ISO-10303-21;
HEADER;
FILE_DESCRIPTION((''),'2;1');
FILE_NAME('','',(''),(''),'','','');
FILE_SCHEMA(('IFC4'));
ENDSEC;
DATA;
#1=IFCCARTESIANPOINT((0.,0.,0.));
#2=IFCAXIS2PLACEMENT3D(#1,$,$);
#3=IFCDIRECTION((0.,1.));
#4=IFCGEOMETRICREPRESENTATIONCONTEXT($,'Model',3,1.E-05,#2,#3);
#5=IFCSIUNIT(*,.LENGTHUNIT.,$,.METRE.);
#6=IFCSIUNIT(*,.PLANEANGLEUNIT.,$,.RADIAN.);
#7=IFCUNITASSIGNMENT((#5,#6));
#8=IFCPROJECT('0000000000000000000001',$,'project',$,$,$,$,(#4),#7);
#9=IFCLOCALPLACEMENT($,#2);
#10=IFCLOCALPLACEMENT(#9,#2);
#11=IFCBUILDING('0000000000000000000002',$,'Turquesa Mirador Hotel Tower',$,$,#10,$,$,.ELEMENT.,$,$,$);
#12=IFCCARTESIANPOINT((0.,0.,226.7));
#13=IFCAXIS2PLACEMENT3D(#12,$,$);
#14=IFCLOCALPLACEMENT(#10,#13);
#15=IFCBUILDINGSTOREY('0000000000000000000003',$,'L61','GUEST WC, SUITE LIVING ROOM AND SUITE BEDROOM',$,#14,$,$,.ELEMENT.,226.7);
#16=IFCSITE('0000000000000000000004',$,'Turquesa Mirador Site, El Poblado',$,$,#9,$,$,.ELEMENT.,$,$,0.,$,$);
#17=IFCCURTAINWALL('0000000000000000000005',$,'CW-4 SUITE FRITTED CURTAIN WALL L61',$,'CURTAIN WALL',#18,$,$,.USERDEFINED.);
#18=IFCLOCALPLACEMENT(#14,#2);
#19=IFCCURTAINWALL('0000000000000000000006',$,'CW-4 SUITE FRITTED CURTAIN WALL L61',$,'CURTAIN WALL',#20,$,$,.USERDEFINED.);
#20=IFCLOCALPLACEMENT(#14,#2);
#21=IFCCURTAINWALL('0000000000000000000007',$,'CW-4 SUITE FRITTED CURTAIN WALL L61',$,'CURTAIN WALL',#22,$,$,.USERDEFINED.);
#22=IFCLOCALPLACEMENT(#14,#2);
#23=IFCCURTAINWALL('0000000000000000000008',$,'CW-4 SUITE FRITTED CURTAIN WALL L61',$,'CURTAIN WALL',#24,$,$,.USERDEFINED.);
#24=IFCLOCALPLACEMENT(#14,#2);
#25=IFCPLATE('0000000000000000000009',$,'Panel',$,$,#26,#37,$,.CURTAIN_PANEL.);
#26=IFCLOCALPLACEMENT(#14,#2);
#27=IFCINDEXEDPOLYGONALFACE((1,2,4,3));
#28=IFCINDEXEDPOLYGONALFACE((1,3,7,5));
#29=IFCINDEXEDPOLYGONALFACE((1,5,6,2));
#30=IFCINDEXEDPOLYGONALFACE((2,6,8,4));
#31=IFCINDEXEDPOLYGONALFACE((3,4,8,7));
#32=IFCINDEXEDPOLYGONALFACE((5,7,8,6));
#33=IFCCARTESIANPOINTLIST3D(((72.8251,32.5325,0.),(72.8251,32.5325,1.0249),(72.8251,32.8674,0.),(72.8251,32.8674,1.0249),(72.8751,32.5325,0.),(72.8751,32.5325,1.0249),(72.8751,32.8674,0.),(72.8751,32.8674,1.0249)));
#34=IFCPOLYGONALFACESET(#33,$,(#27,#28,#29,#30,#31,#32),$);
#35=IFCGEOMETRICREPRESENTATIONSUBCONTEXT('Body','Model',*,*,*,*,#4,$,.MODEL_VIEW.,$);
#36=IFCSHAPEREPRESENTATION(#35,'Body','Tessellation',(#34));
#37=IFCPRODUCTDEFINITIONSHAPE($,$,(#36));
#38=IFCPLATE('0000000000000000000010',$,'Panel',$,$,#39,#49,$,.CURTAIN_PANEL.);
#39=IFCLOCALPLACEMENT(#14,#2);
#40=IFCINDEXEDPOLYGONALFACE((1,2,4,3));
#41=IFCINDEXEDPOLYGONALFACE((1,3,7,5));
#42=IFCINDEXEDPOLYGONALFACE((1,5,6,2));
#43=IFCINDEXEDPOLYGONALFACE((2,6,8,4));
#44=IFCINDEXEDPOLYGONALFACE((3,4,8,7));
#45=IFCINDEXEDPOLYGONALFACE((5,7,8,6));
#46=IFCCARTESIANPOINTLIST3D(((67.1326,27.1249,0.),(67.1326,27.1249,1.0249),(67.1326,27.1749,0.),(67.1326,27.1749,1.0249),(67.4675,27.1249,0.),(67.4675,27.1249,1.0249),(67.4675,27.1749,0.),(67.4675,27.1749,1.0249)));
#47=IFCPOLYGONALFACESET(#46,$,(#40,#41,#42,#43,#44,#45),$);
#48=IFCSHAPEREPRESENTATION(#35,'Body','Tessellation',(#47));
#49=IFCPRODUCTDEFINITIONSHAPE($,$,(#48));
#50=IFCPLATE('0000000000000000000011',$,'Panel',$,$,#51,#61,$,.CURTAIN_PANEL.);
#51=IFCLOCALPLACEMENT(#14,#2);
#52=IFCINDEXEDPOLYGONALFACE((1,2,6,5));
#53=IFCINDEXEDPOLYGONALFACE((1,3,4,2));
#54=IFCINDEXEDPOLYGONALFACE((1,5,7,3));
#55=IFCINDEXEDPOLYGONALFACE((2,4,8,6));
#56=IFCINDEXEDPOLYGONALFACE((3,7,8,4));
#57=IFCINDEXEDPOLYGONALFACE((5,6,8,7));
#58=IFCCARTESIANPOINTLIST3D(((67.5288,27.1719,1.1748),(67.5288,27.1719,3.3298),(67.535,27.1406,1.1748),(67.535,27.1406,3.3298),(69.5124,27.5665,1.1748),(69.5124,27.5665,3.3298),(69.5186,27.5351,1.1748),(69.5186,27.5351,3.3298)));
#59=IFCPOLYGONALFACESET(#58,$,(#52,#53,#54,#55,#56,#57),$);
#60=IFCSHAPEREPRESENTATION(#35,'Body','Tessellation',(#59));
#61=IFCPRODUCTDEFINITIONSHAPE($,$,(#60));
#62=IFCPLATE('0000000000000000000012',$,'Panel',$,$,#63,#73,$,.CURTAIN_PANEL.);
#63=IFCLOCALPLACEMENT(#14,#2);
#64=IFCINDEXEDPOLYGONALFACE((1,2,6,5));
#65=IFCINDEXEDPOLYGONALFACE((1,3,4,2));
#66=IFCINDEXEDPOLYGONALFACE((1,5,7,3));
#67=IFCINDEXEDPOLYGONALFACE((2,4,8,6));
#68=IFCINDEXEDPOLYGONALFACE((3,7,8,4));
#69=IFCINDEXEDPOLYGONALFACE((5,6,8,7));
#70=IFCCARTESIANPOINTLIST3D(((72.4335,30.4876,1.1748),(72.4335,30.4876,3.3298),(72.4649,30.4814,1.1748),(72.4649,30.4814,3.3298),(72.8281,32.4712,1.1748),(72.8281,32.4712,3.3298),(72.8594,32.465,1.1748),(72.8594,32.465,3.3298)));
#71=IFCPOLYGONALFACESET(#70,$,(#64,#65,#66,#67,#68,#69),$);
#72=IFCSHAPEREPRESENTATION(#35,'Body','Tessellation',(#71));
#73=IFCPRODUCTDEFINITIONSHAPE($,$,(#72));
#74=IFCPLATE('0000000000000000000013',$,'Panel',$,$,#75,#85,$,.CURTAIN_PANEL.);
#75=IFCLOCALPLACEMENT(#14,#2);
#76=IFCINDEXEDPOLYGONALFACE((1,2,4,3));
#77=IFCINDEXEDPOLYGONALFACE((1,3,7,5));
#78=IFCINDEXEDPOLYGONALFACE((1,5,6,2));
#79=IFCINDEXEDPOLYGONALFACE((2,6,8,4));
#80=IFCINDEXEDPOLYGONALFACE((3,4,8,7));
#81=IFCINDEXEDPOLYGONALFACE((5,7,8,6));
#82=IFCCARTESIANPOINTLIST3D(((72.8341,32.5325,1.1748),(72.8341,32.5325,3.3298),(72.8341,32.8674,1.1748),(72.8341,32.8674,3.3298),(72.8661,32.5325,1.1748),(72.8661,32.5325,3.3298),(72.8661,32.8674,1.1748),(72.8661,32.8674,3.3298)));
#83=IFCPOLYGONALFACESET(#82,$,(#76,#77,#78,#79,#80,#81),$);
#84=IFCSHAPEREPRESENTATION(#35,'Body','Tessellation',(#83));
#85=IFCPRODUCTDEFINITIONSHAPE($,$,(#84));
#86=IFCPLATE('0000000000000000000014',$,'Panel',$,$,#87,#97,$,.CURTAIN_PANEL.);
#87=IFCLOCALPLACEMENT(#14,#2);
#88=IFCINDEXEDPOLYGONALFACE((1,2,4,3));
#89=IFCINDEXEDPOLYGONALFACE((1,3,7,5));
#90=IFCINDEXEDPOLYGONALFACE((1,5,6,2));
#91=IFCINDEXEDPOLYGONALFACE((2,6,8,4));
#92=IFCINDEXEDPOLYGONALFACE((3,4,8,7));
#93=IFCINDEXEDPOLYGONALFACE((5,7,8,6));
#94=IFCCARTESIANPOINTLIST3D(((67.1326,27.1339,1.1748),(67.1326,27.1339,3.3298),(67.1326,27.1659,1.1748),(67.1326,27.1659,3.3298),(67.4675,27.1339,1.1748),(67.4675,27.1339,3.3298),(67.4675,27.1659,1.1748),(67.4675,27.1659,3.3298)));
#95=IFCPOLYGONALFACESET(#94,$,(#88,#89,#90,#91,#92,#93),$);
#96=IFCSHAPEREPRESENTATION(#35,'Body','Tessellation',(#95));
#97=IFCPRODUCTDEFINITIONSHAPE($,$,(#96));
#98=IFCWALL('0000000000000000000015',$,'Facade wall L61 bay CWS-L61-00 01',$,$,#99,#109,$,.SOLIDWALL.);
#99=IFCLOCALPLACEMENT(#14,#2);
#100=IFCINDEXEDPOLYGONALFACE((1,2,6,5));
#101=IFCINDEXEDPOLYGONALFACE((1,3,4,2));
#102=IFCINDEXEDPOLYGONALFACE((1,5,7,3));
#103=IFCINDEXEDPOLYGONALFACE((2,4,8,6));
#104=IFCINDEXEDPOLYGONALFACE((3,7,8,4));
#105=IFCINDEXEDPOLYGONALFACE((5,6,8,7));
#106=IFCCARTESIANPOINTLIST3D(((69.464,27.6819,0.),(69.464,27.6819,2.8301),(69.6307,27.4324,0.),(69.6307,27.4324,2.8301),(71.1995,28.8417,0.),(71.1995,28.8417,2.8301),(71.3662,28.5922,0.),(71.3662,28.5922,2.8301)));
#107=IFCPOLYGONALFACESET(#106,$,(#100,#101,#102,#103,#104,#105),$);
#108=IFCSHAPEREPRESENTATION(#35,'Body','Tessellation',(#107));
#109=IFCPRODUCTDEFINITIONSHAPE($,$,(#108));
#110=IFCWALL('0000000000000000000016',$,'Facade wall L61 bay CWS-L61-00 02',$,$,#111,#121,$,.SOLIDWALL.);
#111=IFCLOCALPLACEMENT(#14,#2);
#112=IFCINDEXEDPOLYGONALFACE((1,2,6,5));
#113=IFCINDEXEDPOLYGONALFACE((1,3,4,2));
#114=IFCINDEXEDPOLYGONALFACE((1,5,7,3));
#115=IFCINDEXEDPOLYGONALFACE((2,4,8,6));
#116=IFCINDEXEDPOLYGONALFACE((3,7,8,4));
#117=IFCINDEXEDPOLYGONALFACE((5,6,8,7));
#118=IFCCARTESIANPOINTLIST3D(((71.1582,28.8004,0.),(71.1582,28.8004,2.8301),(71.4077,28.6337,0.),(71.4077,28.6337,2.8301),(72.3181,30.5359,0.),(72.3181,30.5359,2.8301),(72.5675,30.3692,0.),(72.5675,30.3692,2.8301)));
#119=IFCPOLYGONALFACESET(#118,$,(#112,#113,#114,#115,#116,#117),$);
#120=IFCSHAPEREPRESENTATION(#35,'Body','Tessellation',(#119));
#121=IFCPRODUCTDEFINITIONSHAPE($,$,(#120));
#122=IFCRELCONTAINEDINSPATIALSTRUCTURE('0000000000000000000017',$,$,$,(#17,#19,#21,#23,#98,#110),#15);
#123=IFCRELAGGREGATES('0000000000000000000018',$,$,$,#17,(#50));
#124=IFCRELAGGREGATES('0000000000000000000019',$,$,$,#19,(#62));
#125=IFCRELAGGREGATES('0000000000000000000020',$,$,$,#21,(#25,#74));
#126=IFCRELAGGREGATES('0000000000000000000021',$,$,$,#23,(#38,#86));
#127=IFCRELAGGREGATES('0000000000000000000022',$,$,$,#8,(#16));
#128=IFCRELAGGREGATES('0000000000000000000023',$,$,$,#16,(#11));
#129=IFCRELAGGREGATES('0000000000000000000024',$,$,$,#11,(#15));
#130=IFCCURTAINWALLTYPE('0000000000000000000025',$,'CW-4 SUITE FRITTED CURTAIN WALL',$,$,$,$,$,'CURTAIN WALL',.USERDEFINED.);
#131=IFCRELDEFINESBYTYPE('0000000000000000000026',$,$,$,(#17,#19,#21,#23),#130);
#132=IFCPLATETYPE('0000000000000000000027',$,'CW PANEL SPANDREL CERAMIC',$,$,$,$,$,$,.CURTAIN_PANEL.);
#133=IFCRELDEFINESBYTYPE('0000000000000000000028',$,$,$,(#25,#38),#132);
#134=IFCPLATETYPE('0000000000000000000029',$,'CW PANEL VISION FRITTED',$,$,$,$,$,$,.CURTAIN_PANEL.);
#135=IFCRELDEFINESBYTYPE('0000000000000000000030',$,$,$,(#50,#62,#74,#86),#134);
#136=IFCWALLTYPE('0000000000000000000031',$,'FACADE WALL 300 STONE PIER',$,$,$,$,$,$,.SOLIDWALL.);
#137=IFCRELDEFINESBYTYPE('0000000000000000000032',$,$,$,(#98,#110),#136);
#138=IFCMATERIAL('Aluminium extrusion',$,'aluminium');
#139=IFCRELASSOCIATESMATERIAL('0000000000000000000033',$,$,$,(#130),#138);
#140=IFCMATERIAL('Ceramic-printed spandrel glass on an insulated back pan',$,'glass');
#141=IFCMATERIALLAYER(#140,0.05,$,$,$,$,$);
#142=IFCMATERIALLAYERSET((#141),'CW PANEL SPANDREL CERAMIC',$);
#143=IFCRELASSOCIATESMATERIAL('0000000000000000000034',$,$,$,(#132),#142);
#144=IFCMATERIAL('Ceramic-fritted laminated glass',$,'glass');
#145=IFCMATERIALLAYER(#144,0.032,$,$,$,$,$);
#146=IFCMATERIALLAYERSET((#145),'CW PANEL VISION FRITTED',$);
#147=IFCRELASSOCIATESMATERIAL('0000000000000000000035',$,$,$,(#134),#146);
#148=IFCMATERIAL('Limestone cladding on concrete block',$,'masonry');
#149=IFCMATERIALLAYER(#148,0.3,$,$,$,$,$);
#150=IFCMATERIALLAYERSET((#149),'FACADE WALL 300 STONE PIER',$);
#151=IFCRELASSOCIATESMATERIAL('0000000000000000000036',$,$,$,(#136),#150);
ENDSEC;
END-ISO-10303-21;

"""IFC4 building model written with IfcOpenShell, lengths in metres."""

from ifc_helpers import new_model, si_unit, direction, frame, frame_2d, origin, origin_2d, place, context, subcontext, project, spatial, rectangle, extrude, material, layer, layer_set, type_object, element, aggregate, save


model = new_model("IFC4")

# Units and contexts
model_context = context("Model", 3, precision=1e-05, world=origin(), true_north=direction((0.0, 1.0)))
body_context = subcontext(model_context, "Body", "Model", "MODEL_VIEW")
ifc_project = project(units=[si_unit("LENGTHUNIT", "METRE"), si_unit("PLANEANGLEUNIT", "RADIAN")], contexts=[model_context])

# Site, building, storey
site_placement = place(None, origin())
site = spatial("IfcSite", under=ifc_project, at=site_placement, Name="Turquesa Mirador Site, El Poblado", CompositionType="ELEMENT", RefElevation=0.0)
building_placement = place(site_placement, origin())
building = spatial("IfcBuilding", under=site, at=building_placement, Name="Turquesa Mirador Hotel Tower", CompositionType="ELEMENT")
storey_placement = place(building_placement, frame((0.0, 0.0, 226.7)))
storey = spatial("IfcBuildingStorey", under=building, at=storey_placement, Name="L61", Description="GUEST WC, SUITE LIVING ROOM AND SUITE BEDROOM", CompositionType="ELEMENT", Elevation=226.7)

# Curtain walls
ifc_material_1 = material(Name="Aluminium extrusion", Category="aluminium")
curtain_wall_type = type_object("IfcCurtainWallType", Name="CW-4 SUITE FRITTED CURTAIN WALL", ElementType="CURTAIN WALL", PredefinedType="USERDEFINED", material=ifc_material_1)
curtain_wall_1_placement = place(storey_placement, origin())
curtain_wall_1 = element("IfcCurtainWall", 1, at=curtain_wall_1_placement, inside=storey, type_object=curtain_wall_type, Name="CW-4 SUITE FRITTED CURTAIN WALL L61", ObjectType="CURTAIN WALL", PredefinedType="USERDEFINED")
curtain_wall_2_placement = place(storey_placement, origin())
curtain_wall_2 = element("IfcCurtainWall", 2, at=curtain_wall_2_placement, inside=storey, type_object=curtain_wall_type, Name="CW-4 SUITE FRITTED CURTAIN WALL L61", ObjectType="CURTAIN WALL", PredefinedType="USERDEFINED")

# Curtain walls
curtain_wall_3_placement = place(storey_placement, origin())
curtain_wall_3 = element("IfcCurtainWall", 3, at=curtain_wall_3_placement, inside=storey, type_object=curtain_wall_type, Name="CW-4 SUITE FRITTED CURTAIN WALL L61", ObjectType="CURTAIN WALL", PredefinedType="USERDEFINED")
curtain_wall_4_placement = place(storey_placement, origin())
curtain_wall_4 = element("IfcCurtainWall", 4, at=curtain_wall_4_placement, inside=storey, type_object=curtain_wall_type, Name="CW-4 SUITE FRITTED CURTAIN WALL L61", ObjectType="CURTAIN WALL", PredefinedType="USERDEFINED")

# Plates
ifc_material_2 = material(Name="Ceramic-printed spandrel glass on an insulated back pan", Category="glass")
ifc_layer_1 = layer(ifc_material_2, 0.05)
ifc_layer_set_1 = layer_set([ifc_layer_1], Name="CW PANEL SPANDREL CERAMIC")
plate_type_1 = type_object("IfcPlateType", Name="CW PANEL SPANDREL CERAMIC", PredefinedType="CURTAIN_PANEL", material=ifc_layer_set_1)
plate_1_placement = place(storey_placement, frame((72.8501, 32.7, 0.0), z_axis=(0.0, 0.0, 1.0), x_axis=(0.0, 1.0, 0.0)))
plate_1 = element("IfcPlate", 5, at=plate_1_placement, type_object=plate_type_1, Name="Panel", PredefinedType="CURTAIN_PANEL", context=body_context, shape_type="SweptSolid", body=[
    extrude(rectangle(XDim=0.335, YDim=0.05, at=origin_2d()), origin(), (0.0, 0.0, 1.0), 1.0249),
])
plate_2_placement = place(storey_placement, frame((67.3, 27.1499, 0.0), z_axis=(0.0, 0.0, 1.0), x_axis=(1.0, 0.0, 0.0)))
plate_2 = element("IfcPlate", 6, at=plate_2_placement, type_object=plate_type_1, Name="Panel", PredefinedType="CURTAIN_PANEL", context=body_context, shape_type="SweptSolid", body=[
    extrude(rectangle(XDim=0.335, YDim=0.05, at=origin_2d()), origin(), (0.0, 0.0, 1.0), 1.0249),
])
ifc_material_3 = material(Name="Ceramic-fritted laminated glass", Category="glass")
ifc_layer_2 = layer(ifc_material_3, 0.032)
ifc_layer_set_2 = layer_set([ifc_layer_2], Name="CW PANEL VISION FRITTED")
plate_type_2 = type_object("IfcPlateType", Name="CW PANEL VISION FRITTED", PredefinedType="CURTAIN_PANEL", material=ifc_layer_set_2)
plate_3_placement = place(storey_placement, frame((68.5237, 27.3535, 1.1748), z_axis=(0.0, 0.0, 1.0), x_axis=(0.980785, 0.195091, 0.0)))
plate_3 = element("IfcPlate", 7, at=plate_3_placement, type_object=plate_type_2, Name="Panel", PredefinedType="CURTAIN_PANEL", context=body_context, shape_type="SweptSolid", body=[
    extrude(rectangle(XDim=2.0225, YDim=0.032, at=origin_2d()), origin(), (0.0, 0.0, 1.0), 2.155),
])
aggregate(curtain_wall_1, [plate_3])
plate_4_placement = place(storey_placement, frame((72.6465, 31.4763, 1.1748), z_axis=(0.0, 0.0, 1.0), x_axis=(0.195091, 0.980785, 0.0)))
plate_4 = element("IfcPlate", 8, at=plate_4_placement, type_object=plate_type_2, Name="Panel", PredefinedType="CURTAIN_PANEL", context=body_context, shape_type="SweptSolid", body=[
    extrude(rectangle(XDim=2.0225, YDim=0.032, at=origin_2d()), origin(), (0.0, 0.0, 1.0), 2.155),
])
aggregate(curtain_wall_2, [plate_4])
plate_5_placement = place(storey_placement, frame((72.8501, 32.7, 1.1748), z_axis=(0.0, 0.0, 1.0), x_axis=(0.0, 1.0, 0.0)))
plate_5 = element("IfcPlate", 9, at=plate_5_placement, type_object=plate_type_2, Name="Panel", PredefinedType="CURTAIN_PANEL", context=body_context, shape_type="SweptSolid", body=[
    extrude(rectangle(XDim=0.335, YDim=0.032, at=origin_2d()), origin(), (0.0, 0.0, 1.0), 2.155),
])
aggregate(curtain_wall_3, [plate_1, plate_5])
plate_6_placement = place(storey_placement, frame((67.3, 27.1499, 1.1748), z_axis=(0.0, 0.0, 1.0), x_axis=(1.0, 0.0, 0.0)))
plate_6 = element("IfcPlate", 10, at=plate_6_placement, type_object=plate_type_2, Name="Panel", PredefinedType="CURTAIN_PANEL", context=body_context, shape_type="SweptSolid", body=[
    extrude(rectangle(XDim=0.335, YDim=0.032, at=origin_2d()), origin(), (0.0, 0.0, 1.0), 2.155),
])
aggregate(curtain_wall_4, [plate_2, plate_6])

# Walls
ifc_material_4 = material(Name="Limestone cladding on concrete block", Category="masonry")
ifc_layer_3 = layer(ifc_material_4, 0.3)
ifc_layer_set_3 = layer_set([ifc_layer_3], Name="FACADE WALL 300 STONE PIER")
wall_type = type_object("IfcWallType", Name="FACADE WALL 300 STONE PIER", PredefinedType="SOLIDWALL", material=ifc_layer_set_3)
for number, where, z_axis, x_axis, name in (
    (11, (69.5474, 27.5571, 0.0), (0.0, 0.0, 1.0), (0.83142, 0.555644, 0.0), "Facade wall L61 bay CWS-L61-00 01"),
    (12, (71.283, 28.717, 0.0), (0.0, 0.0, 1.0), (0.555644, 0.83142, 0.0), "Facade wall L61 bay CWS-L61-00 02"),
):
    element("IfcWall", number, at=place(storey_placement, frame(where, z_axis=z_axis, x_axis=x_axis)), inside=storey, type_object=wall_type, Name=name, PredefinedType="SOLIDWALL", context=body_context, shape_type="SweptSolid", body=[
        extrude(rectangle(XDim=2.0874, YDim=0.3, at=frame_2d((1.0437, 0.0))), origin(), (0.0, 0.0, 1.0), 2.8301),
    ])

save(model, "model.ifc")
